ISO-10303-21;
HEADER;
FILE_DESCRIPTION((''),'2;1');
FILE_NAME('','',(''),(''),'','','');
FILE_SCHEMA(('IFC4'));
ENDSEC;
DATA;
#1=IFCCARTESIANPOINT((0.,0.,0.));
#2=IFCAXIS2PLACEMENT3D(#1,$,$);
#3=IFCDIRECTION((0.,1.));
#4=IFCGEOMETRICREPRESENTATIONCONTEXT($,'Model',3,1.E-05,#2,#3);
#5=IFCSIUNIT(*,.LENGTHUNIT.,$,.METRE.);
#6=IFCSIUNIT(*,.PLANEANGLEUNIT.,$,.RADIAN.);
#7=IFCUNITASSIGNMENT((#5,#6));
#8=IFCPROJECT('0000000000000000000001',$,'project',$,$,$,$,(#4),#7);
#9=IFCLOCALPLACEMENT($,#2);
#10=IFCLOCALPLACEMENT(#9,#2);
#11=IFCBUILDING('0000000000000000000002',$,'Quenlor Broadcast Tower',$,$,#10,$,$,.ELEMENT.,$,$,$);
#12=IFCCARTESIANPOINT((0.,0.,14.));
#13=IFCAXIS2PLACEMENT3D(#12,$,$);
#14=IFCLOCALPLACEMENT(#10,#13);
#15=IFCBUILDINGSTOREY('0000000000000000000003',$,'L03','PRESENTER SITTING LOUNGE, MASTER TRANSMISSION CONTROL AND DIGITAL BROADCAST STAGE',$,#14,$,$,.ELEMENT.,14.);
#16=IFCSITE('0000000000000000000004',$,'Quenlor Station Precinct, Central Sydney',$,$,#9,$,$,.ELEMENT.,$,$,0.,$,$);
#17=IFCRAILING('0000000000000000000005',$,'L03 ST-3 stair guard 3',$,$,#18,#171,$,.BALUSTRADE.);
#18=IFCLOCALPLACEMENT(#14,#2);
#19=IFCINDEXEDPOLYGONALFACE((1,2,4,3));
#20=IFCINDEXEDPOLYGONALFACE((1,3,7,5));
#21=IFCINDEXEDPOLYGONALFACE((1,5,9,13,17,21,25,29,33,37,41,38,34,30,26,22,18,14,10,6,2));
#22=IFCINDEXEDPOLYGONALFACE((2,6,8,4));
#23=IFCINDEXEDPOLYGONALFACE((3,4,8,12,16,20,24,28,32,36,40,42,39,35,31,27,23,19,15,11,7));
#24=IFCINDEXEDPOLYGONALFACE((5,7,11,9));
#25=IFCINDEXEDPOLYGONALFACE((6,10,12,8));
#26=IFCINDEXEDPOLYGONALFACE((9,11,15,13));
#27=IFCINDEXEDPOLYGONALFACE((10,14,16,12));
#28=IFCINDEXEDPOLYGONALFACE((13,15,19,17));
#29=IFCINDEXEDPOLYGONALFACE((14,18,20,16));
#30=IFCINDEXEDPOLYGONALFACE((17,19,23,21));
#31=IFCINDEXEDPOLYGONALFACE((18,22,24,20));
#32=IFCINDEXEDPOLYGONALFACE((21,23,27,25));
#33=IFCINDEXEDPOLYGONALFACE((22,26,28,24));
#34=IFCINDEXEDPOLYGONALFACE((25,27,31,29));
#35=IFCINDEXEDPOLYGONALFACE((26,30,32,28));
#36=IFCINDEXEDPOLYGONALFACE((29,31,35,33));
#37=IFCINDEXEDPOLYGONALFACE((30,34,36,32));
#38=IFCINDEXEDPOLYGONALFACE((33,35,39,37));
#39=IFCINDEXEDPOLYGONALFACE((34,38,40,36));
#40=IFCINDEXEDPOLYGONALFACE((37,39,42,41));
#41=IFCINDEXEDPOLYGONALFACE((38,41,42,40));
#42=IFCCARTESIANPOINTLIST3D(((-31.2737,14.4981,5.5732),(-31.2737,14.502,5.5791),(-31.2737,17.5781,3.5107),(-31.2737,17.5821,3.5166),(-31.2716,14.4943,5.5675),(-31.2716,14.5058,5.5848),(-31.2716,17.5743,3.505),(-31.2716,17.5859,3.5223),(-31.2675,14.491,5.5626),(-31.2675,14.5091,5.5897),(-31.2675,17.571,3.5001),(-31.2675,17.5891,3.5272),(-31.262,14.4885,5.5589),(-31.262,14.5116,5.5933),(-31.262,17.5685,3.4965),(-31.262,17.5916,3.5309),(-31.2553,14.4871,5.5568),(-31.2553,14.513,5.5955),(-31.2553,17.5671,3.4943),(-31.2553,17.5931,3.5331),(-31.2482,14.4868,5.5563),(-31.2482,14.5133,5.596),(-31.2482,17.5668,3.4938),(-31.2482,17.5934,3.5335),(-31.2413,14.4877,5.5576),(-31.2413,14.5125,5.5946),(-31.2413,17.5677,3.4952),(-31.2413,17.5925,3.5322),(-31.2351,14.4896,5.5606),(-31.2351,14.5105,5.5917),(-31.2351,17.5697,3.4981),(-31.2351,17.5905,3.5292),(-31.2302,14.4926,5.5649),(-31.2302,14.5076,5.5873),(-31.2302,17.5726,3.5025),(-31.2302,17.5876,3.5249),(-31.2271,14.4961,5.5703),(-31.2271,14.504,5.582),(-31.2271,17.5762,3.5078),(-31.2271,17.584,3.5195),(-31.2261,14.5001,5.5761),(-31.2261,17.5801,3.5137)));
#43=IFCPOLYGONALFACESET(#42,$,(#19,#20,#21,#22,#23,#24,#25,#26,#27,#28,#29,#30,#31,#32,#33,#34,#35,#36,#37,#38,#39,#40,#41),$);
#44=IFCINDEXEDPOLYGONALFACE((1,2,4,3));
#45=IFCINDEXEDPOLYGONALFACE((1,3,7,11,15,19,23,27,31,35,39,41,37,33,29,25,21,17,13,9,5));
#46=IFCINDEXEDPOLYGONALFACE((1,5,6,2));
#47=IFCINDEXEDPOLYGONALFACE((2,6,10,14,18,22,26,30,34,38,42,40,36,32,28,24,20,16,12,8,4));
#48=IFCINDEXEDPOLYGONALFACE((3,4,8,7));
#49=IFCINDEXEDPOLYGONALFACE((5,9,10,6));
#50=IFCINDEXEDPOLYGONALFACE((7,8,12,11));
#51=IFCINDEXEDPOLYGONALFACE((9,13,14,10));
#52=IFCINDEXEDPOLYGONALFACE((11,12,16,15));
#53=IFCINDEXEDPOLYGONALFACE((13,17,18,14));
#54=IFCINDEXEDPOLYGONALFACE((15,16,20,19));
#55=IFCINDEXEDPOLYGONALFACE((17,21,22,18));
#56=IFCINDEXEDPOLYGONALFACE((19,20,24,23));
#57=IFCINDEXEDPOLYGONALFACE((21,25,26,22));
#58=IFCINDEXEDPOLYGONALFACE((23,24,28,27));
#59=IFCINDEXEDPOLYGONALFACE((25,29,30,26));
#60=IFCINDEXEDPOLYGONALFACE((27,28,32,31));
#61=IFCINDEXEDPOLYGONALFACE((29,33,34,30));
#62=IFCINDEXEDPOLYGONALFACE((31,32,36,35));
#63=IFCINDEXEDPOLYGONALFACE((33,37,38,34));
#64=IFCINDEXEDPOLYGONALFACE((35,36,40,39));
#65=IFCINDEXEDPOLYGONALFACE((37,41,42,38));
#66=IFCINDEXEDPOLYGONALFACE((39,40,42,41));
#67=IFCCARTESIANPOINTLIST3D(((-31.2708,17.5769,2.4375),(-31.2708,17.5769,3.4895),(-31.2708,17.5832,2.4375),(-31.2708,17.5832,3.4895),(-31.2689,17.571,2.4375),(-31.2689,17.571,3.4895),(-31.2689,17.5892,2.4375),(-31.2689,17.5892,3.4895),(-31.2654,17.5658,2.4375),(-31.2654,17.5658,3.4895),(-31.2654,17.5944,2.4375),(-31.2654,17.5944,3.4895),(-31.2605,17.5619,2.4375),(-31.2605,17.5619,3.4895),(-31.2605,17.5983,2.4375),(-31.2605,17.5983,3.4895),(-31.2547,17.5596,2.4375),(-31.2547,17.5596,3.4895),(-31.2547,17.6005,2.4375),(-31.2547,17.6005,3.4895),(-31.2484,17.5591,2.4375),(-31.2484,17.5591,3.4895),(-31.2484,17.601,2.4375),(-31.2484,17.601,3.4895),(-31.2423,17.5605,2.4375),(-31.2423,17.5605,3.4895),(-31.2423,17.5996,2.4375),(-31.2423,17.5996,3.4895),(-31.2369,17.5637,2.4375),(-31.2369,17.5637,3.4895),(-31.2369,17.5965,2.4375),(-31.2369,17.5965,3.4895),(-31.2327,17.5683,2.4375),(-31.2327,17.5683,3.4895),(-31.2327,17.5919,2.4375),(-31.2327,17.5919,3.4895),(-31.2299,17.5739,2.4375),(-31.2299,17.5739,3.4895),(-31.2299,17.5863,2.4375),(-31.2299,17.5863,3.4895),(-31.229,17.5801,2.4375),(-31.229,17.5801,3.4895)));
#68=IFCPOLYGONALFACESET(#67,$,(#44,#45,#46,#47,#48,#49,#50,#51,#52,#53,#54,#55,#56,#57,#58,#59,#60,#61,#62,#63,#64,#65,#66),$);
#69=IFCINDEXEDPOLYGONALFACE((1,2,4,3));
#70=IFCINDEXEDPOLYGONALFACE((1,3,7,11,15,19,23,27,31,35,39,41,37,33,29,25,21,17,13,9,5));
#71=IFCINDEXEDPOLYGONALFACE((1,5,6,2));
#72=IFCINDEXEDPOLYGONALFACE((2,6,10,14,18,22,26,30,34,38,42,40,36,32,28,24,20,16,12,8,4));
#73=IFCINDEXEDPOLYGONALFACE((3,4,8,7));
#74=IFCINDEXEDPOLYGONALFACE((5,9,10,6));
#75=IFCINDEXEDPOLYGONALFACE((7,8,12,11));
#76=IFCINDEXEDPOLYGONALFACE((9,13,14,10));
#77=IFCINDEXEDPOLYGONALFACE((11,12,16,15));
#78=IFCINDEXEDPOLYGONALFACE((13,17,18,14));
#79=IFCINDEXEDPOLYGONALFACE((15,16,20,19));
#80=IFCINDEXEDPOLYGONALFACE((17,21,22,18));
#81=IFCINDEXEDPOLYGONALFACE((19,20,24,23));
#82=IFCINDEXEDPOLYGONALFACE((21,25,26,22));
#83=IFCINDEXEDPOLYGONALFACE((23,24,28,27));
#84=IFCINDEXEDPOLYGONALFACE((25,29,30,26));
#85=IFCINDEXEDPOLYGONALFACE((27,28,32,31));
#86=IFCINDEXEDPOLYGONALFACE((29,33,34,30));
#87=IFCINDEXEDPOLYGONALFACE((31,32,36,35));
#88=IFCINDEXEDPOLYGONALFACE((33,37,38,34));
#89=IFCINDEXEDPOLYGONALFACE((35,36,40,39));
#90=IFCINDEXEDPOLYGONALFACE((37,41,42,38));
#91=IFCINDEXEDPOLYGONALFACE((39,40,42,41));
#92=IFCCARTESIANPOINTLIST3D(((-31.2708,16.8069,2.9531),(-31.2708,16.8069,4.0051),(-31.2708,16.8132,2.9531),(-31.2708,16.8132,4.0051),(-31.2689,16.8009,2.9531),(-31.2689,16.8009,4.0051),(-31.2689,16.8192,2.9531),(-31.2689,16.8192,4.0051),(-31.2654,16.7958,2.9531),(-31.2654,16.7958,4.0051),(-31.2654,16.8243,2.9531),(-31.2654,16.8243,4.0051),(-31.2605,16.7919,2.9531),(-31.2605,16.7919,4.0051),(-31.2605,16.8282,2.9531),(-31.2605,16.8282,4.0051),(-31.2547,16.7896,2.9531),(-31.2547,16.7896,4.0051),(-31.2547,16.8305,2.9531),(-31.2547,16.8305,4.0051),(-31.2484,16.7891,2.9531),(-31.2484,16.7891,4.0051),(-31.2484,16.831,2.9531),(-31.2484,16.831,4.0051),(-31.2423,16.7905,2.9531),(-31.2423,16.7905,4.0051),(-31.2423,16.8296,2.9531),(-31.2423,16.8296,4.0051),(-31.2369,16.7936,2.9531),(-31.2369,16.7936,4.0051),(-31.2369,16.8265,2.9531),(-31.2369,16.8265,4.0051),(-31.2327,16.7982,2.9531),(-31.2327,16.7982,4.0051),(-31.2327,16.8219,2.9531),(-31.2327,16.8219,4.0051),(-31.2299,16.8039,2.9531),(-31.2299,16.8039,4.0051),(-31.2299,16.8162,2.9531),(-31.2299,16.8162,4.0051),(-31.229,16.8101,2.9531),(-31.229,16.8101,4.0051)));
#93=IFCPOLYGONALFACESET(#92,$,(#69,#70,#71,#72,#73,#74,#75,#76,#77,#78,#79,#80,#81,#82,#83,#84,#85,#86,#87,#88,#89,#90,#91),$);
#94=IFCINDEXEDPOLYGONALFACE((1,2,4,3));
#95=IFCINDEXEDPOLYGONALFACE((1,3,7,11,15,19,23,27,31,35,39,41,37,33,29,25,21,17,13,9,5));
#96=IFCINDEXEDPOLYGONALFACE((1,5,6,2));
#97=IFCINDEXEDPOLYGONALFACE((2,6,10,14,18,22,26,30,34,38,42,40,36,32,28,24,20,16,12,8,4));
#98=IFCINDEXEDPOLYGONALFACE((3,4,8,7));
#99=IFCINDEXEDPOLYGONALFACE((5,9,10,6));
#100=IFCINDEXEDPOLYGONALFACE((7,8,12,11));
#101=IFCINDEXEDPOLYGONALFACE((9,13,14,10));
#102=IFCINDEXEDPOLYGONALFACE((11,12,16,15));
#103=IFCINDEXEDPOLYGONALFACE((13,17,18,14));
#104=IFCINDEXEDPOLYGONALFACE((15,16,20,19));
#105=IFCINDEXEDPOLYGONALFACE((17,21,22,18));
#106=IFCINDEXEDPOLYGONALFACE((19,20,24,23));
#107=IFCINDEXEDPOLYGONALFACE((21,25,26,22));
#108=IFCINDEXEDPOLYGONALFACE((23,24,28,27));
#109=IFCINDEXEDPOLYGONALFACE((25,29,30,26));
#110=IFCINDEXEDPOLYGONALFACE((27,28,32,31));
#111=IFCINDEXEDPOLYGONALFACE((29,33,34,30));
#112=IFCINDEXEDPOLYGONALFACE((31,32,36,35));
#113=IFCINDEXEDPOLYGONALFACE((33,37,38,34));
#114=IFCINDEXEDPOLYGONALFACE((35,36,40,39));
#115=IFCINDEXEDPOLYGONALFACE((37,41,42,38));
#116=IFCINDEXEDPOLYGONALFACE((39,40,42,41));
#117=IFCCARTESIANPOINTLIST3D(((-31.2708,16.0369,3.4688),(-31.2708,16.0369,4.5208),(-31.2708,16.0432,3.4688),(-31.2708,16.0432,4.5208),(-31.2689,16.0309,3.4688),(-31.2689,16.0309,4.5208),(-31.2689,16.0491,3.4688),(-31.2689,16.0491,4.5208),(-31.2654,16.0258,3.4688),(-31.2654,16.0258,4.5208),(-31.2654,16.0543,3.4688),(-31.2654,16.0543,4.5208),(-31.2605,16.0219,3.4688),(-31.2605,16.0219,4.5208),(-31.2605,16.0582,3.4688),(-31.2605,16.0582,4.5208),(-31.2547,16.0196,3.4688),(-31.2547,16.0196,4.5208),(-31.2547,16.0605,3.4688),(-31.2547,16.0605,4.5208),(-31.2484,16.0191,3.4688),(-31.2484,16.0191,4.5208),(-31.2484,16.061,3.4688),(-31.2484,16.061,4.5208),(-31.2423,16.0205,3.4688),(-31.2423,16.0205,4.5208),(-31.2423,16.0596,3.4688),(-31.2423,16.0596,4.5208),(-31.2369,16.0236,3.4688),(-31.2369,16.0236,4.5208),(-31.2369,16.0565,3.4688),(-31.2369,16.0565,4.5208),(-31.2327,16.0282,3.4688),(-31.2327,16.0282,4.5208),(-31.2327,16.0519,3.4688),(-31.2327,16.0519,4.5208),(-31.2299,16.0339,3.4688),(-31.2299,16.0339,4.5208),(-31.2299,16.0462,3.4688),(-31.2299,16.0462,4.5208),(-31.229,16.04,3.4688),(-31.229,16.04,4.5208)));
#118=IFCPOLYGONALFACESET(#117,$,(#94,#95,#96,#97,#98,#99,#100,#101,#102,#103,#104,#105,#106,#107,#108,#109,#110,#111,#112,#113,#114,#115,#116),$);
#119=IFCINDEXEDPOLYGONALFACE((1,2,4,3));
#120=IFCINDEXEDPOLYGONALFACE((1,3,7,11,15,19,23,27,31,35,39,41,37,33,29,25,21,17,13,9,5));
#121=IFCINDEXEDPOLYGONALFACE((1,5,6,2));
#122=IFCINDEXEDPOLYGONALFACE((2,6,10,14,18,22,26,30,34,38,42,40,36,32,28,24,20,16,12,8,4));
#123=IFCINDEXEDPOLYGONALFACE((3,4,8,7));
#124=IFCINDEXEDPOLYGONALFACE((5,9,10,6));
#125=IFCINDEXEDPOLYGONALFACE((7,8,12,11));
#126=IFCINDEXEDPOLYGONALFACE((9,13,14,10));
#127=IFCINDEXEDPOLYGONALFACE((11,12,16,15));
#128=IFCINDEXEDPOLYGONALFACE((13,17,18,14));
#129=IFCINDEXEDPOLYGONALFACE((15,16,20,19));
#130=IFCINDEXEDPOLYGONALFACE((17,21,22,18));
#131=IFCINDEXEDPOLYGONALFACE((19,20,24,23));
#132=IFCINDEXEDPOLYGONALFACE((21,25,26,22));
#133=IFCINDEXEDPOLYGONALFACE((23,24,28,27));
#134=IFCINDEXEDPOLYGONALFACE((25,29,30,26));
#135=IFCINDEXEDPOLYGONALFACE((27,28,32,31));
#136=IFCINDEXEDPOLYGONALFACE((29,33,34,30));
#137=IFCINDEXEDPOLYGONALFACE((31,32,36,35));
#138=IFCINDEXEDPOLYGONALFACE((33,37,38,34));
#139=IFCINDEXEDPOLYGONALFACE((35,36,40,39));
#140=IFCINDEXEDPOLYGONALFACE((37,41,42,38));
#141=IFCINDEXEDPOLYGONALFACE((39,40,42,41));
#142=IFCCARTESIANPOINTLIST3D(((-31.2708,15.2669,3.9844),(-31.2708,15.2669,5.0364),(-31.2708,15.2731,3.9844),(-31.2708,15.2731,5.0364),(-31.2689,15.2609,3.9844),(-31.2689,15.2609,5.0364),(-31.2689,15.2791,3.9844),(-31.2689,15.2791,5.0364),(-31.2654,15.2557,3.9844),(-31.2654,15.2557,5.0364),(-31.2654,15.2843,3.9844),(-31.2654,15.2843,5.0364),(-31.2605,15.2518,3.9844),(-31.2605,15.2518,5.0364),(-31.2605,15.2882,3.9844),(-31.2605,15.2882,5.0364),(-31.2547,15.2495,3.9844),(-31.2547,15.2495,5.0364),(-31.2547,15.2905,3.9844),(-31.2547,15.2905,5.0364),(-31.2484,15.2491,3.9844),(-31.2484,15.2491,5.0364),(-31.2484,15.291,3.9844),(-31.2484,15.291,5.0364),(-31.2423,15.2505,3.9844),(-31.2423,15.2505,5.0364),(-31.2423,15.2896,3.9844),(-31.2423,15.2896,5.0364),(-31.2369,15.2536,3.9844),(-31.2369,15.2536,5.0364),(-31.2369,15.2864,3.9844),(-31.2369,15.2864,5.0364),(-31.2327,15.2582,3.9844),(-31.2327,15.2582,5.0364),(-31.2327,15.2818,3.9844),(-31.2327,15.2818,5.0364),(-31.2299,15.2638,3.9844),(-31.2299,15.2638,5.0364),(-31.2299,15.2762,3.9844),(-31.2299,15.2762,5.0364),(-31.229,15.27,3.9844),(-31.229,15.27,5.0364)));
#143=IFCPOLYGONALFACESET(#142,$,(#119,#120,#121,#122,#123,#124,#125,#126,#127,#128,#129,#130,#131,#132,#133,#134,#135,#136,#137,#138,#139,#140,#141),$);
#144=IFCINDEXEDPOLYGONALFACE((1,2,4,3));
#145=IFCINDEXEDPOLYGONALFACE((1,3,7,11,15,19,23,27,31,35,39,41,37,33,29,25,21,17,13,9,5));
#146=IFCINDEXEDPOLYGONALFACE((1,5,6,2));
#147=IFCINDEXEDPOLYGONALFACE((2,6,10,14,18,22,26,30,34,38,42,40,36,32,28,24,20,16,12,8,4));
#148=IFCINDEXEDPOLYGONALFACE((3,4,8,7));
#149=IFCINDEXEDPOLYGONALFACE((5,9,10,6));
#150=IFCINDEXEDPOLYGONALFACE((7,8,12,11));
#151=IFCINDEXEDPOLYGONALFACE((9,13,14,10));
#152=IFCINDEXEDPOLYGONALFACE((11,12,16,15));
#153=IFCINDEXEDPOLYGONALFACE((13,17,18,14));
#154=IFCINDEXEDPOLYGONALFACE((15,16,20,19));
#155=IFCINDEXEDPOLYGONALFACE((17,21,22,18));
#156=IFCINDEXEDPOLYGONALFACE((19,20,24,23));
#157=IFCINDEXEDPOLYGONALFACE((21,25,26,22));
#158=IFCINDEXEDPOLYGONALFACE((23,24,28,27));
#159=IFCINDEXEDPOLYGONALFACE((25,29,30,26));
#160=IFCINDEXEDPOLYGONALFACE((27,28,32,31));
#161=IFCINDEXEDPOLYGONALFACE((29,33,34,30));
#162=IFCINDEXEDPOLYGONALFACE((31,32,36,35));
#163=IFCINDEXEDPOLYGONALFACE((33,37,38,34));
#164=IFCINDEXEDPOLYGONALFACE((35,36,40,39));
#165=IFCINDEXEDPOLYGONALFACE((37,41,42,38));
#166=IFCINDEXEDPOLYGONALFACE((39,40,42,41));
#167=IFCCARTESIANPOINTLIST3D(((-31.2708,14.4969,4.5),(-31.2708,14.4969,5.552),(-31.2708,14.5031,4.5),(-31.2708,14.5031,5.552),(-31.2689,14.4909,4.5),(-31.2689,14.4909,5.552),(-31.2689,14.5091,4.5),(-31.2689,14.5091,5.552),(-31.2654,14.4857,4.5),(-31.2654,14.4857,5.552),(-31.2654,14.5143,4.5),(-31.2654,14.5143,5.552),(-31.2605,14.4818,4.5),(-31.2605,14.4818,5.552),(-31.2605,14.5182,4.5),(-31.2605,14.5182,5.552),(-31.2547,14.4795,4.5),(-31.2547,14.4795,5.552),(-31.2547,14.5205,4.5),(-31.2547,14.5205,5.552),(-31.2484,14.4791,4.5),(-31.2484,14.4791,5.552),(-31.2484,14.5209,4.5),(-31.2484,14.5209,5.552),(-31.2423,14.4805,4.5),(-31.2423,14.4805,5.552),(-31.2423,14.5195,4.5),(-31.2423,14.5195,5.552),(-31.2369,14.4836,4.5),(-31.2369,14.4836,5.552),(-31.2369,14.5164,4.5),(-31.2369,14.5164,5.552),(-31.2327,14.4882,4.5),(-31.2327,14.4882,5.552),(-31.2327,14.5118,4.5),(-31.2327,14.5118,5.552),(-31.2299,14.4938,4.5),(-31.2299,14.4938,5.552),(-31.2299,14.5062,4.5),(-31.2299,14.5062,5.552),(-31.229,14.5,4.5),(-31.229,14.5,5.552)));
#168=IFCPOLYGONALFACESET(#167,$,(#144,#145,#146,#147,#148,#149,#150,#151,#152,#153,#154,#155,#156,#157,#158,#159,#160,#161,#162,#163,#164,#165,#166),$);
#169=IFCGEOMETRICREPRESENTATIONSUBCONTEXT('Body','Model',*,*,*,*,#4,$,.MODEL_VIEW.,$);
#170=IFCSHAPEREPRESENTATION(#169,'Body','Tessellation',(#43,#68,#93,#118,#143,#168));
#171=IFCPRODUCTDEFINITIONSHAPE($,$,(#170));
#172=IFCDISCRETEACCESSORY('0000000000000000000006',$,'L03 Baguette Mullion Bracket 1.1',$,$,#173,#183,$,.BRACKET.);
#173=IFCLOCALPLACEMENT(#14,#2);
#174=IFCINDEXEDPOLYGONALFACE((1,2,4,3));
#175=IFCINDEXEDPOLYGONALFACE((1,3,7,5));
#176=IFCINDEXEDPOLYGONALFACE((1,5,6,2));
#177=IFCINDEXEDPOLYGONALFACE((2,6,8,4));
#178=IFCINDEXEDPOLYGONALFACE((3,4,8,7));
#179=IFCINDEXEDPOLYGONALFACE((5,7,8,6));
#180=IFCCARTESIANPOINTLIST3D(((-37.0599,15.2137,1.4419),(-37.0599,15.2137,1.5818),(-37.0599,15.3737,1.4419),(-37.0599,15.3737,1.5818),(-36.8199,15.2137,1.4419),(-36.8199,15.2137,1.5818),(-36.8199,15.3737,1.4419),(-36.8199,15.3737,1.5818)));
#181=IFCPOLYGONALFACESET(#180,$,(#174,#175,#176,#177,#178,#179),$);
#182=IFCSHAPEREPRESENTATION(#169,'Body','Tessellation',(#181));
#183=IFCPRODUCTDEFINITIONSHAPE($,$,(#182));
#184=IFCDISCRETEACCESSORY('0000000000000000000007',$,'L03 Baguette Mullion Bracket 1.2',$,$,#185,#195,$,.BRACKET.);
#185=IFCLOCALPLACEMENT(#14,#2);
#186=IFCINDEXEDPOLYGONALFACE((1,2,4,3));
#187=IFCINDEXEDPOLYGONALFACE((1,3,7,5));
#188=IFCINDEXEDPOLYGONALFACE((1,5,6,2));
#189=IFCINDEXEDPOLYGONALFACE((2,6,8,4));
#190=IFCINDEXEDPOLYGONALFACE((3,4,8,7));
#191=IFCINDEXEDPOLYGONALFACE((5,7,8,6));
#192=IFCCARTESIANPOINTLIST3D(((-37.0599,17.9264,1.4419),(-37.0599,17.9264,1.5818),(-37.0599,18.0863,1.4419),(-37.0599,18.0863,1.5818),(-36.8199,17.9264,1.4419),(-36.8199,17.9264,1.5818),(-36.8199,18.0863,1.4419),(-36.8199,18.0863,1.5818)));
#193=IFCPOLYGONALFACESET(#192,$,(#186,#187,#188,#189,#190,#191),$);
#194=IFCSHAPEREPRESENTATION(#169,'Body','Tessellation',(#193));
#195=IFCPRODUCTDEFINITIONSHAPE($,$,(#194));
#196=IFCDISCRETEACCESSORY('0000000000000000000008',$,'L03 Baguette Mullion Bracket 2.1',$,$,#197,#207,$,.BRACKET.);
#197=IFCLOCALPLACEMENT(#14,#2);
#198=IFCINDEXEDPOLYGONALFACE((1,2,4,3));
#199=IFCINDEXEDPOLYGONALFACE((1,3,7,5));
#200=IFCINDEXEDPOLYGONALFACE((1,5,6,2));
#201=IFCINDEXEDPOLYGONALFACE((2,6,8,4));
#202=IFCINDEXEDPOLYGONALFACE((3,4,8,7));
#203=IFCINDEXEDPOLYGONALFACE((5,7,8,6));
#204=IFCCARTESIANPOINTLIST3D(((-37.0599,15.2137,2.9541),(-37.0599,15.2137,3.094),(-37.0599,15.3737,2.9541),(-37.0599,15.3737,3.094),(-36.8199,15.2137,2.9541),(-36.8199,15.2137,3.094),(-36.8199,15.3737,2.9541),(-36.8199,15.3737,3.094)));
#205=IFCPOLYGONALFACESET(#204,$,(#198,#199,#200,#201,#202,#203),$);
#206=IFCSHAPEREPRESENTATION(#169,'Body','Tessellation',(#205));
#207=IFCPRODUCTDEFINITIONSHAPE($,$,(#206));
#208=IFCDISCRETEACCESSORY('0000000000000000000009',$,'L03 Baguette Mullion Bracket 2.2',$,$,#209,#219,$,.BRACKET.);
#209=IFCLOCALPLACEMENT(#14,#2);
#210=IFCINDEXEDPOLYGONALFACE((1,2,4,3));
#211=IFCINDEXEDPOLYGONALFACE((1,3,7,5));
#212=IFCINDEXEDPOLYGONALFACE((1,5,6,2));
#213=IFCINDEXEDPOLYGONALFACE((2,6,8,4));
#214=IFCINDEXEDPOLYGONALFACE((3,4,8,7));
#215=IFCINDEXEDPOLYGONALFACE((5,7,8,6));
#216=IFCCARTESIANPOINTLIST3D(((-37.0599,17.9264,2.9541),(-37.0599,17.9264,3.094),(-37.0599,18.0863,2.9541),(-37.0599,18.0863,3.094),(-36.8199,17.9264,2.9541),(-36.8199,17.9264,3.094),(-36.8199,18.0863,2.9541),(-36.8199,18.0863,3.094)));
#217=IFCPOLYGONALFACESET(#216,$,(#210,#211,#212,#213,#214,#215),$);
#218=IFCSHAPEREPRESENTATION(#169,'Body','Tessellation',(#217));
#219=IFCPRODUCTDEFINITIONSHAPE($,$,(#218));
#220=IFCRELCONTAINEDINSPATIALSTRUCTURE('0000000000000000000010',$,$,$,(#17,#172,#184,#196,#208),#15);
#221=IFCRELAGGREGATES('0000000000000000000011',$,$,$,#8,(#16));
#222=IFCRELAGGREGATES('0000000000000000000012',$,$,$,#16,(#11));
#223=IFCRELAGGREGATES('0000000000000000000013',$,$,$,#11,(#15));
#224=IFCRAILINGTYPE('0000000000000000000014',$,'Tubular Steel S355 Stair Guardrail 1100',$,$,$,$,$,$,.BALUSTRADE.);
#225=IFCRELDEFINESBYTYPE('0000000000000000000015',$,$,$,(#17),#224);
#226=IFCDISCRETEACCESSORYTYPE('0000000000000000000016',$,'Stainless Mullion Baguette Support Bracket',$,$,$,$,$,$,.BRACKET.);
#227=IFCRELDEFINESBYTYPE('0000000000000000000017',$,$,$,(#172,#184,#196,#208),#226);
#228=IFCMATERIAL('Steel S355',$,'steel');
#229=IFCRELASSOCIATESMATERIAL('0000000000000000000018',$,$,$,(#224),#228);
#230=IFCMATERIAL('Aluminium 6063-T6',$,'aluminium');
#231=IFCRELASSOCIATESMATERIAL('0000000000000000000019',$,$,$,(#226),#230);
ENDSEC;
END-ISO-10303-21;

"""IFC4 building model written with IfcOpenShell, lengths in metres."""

from ifc_helpers import new_model, si_unit, direction, frame, origin, origin_2d, place, context, subcontext, project, spatial, rectangle, circle, extrude, material, type_object, element, save


model = new_model("IFC4")

# Units and contexts
model_context = context("Model", 3, precision=1e-05, world=origin(), true_north=direction((0.0, 1.0)))
body_context = subcontext(model_context, "Body", "Model", "MODEL_VIEW")
ifc_project = project(units=[si_unit("LENGTHUNIT", "METRE"), si_unit("PLANEANGLEUNIT", "RADIAN")], contexts=[model_context])

# Site, building, storey
site_placement = place(None, origin())
site = spatial("IfcSite", under=ifc_project, at=site_placement, Name="Quenlor Station Precinct, Central Sydney", CompositionType="ELEMENT", RefElevation=0.0)
building_placement = place(site_placement, origin())
building = spatial("IfcBuilding", under=site, at=building_placement, Name="Quenlor Broadcast Tower", CompositionType="ELEMENT")
storey_placement = place(building_placement, frame((0.0, 0.0, 14.0)))
storey = spatial("IfcBuildingStorey", under=building, at=storey_placement, Name="L03", Description="PRESENTER SITTING LOUNGE, MASTER TRANSMISSION CONTROL AND DIGITAL BROADCAST STAGE", CompositionType="ELEMENT", Elevation=14.0)

# Railing
ifc_material_1 = material(Name="Steel S355", Category="steel")
railing_type_1 = type_object("IfcRailingType", Name="Tubular Steel S355 Stair Guardrail 1100", PredefinedType="BALUSTRADE", material=ifc_material_1)
railing_1_placement = place(storey_placement, frame((-31.25, 17.5801, 2.4375)))
element("IfcRailing", 1, at=railing_1_placement, inside=storey, type_object=railing_type_1, Name="L03 ST-3 stair guard 3", PredefinedType="BALUSTRADE", context=body_context, shape_type="SweptSolid", body=[
    extrude(circle(Radius=0.0239, at=origin_2d()), frame((0.0, 0.0, 1.0762), z_axis=(0.0, -0.830914, 0.556401), x_axis=(1.0, 0.0, 0.0)), (0.0, 0.0, 1.0), 3.7068),
    extrude(circle(Radius=0.021, at=origin_2d()), origin(), (0.0, 0.0, 1.0), 1.052),
    extrude(circle(Radius=0.021, at=origin_2d()), frame((0.0, -0.77, 0.5156)), (0.0, 0.0, 1.0), 1.052),
    extrude(circle(Radius=0.021, at=origin_2d()), frame((0.0, -1.54, 1.0312)), (0.0, 0.0, 1.0), 1.052),
    extrude(circle(Radius=0.021, at=origin_2d()), frame((0.0, -2.3101, 1.5469)), (0.0, 0.0, 1.0), 1.052),
    extrude(circle(Radius=0.021, at=origin_2d()), frame((0.0, -3.0801, 2.0625)), (0.0, 0.0, 1.0), 1.052),
])

# Discrete accessories
ifc_material_2 = material(Name="Aluminium 6063-T6", Category="aluminium")
discrete_accessory_type = type_object("IfcDiscreteAccessoryType", Name="Stainless Mullion Baguette Support Bracket", PredefinedType="BRACKET", material=ifc_material_2)
for number, where, z_axis, x_axis, name in (
    (2, (-36.9399, 15.2937, 1.4419), (0.0, 0.0, 1.0), (0.0, 1.0, 0.0), "L03 Baguette Mullion Bracket 1.1"),
    (3, (-36.9399, 18.0063, 1.4419), (0.0, 0.0, 1.0), (0.0, 1.0, 0.0), "L03 Baguette Mullion Bracket 1.2"),
    (4, (-36.9399, 15.2937, 2.9541), (0.0, 0.0, 1.0), (0.0, 1.0, 0.0), "L03 Baguette Mullion Bracket 2.1"),
    (5, (-36.9399, 18.0063, 2.9541), (0.0, 0.0, 1.0), (0.0, 1.0, 0.0), "L03 Baguette Mullion Bracket 2.2"),
):
    element("IfcDiscreteAccessory", number, at=place(storey_placement, frame(where, z_axis=z_axis, x_axis=x_axis)), inside=storey, type_object=discrete_accessory_type, Name=name, PredefinedType="BRACKET", context=body_context, shape_type="SweptSolid", body=[
        extrude(rectangle(XDim=0.1599, YDim=0.24, at=origin_2d()), origin(), (0.0, 0.0, 1.0), 0.1399),
    ])

save(model, "model.ifc")
